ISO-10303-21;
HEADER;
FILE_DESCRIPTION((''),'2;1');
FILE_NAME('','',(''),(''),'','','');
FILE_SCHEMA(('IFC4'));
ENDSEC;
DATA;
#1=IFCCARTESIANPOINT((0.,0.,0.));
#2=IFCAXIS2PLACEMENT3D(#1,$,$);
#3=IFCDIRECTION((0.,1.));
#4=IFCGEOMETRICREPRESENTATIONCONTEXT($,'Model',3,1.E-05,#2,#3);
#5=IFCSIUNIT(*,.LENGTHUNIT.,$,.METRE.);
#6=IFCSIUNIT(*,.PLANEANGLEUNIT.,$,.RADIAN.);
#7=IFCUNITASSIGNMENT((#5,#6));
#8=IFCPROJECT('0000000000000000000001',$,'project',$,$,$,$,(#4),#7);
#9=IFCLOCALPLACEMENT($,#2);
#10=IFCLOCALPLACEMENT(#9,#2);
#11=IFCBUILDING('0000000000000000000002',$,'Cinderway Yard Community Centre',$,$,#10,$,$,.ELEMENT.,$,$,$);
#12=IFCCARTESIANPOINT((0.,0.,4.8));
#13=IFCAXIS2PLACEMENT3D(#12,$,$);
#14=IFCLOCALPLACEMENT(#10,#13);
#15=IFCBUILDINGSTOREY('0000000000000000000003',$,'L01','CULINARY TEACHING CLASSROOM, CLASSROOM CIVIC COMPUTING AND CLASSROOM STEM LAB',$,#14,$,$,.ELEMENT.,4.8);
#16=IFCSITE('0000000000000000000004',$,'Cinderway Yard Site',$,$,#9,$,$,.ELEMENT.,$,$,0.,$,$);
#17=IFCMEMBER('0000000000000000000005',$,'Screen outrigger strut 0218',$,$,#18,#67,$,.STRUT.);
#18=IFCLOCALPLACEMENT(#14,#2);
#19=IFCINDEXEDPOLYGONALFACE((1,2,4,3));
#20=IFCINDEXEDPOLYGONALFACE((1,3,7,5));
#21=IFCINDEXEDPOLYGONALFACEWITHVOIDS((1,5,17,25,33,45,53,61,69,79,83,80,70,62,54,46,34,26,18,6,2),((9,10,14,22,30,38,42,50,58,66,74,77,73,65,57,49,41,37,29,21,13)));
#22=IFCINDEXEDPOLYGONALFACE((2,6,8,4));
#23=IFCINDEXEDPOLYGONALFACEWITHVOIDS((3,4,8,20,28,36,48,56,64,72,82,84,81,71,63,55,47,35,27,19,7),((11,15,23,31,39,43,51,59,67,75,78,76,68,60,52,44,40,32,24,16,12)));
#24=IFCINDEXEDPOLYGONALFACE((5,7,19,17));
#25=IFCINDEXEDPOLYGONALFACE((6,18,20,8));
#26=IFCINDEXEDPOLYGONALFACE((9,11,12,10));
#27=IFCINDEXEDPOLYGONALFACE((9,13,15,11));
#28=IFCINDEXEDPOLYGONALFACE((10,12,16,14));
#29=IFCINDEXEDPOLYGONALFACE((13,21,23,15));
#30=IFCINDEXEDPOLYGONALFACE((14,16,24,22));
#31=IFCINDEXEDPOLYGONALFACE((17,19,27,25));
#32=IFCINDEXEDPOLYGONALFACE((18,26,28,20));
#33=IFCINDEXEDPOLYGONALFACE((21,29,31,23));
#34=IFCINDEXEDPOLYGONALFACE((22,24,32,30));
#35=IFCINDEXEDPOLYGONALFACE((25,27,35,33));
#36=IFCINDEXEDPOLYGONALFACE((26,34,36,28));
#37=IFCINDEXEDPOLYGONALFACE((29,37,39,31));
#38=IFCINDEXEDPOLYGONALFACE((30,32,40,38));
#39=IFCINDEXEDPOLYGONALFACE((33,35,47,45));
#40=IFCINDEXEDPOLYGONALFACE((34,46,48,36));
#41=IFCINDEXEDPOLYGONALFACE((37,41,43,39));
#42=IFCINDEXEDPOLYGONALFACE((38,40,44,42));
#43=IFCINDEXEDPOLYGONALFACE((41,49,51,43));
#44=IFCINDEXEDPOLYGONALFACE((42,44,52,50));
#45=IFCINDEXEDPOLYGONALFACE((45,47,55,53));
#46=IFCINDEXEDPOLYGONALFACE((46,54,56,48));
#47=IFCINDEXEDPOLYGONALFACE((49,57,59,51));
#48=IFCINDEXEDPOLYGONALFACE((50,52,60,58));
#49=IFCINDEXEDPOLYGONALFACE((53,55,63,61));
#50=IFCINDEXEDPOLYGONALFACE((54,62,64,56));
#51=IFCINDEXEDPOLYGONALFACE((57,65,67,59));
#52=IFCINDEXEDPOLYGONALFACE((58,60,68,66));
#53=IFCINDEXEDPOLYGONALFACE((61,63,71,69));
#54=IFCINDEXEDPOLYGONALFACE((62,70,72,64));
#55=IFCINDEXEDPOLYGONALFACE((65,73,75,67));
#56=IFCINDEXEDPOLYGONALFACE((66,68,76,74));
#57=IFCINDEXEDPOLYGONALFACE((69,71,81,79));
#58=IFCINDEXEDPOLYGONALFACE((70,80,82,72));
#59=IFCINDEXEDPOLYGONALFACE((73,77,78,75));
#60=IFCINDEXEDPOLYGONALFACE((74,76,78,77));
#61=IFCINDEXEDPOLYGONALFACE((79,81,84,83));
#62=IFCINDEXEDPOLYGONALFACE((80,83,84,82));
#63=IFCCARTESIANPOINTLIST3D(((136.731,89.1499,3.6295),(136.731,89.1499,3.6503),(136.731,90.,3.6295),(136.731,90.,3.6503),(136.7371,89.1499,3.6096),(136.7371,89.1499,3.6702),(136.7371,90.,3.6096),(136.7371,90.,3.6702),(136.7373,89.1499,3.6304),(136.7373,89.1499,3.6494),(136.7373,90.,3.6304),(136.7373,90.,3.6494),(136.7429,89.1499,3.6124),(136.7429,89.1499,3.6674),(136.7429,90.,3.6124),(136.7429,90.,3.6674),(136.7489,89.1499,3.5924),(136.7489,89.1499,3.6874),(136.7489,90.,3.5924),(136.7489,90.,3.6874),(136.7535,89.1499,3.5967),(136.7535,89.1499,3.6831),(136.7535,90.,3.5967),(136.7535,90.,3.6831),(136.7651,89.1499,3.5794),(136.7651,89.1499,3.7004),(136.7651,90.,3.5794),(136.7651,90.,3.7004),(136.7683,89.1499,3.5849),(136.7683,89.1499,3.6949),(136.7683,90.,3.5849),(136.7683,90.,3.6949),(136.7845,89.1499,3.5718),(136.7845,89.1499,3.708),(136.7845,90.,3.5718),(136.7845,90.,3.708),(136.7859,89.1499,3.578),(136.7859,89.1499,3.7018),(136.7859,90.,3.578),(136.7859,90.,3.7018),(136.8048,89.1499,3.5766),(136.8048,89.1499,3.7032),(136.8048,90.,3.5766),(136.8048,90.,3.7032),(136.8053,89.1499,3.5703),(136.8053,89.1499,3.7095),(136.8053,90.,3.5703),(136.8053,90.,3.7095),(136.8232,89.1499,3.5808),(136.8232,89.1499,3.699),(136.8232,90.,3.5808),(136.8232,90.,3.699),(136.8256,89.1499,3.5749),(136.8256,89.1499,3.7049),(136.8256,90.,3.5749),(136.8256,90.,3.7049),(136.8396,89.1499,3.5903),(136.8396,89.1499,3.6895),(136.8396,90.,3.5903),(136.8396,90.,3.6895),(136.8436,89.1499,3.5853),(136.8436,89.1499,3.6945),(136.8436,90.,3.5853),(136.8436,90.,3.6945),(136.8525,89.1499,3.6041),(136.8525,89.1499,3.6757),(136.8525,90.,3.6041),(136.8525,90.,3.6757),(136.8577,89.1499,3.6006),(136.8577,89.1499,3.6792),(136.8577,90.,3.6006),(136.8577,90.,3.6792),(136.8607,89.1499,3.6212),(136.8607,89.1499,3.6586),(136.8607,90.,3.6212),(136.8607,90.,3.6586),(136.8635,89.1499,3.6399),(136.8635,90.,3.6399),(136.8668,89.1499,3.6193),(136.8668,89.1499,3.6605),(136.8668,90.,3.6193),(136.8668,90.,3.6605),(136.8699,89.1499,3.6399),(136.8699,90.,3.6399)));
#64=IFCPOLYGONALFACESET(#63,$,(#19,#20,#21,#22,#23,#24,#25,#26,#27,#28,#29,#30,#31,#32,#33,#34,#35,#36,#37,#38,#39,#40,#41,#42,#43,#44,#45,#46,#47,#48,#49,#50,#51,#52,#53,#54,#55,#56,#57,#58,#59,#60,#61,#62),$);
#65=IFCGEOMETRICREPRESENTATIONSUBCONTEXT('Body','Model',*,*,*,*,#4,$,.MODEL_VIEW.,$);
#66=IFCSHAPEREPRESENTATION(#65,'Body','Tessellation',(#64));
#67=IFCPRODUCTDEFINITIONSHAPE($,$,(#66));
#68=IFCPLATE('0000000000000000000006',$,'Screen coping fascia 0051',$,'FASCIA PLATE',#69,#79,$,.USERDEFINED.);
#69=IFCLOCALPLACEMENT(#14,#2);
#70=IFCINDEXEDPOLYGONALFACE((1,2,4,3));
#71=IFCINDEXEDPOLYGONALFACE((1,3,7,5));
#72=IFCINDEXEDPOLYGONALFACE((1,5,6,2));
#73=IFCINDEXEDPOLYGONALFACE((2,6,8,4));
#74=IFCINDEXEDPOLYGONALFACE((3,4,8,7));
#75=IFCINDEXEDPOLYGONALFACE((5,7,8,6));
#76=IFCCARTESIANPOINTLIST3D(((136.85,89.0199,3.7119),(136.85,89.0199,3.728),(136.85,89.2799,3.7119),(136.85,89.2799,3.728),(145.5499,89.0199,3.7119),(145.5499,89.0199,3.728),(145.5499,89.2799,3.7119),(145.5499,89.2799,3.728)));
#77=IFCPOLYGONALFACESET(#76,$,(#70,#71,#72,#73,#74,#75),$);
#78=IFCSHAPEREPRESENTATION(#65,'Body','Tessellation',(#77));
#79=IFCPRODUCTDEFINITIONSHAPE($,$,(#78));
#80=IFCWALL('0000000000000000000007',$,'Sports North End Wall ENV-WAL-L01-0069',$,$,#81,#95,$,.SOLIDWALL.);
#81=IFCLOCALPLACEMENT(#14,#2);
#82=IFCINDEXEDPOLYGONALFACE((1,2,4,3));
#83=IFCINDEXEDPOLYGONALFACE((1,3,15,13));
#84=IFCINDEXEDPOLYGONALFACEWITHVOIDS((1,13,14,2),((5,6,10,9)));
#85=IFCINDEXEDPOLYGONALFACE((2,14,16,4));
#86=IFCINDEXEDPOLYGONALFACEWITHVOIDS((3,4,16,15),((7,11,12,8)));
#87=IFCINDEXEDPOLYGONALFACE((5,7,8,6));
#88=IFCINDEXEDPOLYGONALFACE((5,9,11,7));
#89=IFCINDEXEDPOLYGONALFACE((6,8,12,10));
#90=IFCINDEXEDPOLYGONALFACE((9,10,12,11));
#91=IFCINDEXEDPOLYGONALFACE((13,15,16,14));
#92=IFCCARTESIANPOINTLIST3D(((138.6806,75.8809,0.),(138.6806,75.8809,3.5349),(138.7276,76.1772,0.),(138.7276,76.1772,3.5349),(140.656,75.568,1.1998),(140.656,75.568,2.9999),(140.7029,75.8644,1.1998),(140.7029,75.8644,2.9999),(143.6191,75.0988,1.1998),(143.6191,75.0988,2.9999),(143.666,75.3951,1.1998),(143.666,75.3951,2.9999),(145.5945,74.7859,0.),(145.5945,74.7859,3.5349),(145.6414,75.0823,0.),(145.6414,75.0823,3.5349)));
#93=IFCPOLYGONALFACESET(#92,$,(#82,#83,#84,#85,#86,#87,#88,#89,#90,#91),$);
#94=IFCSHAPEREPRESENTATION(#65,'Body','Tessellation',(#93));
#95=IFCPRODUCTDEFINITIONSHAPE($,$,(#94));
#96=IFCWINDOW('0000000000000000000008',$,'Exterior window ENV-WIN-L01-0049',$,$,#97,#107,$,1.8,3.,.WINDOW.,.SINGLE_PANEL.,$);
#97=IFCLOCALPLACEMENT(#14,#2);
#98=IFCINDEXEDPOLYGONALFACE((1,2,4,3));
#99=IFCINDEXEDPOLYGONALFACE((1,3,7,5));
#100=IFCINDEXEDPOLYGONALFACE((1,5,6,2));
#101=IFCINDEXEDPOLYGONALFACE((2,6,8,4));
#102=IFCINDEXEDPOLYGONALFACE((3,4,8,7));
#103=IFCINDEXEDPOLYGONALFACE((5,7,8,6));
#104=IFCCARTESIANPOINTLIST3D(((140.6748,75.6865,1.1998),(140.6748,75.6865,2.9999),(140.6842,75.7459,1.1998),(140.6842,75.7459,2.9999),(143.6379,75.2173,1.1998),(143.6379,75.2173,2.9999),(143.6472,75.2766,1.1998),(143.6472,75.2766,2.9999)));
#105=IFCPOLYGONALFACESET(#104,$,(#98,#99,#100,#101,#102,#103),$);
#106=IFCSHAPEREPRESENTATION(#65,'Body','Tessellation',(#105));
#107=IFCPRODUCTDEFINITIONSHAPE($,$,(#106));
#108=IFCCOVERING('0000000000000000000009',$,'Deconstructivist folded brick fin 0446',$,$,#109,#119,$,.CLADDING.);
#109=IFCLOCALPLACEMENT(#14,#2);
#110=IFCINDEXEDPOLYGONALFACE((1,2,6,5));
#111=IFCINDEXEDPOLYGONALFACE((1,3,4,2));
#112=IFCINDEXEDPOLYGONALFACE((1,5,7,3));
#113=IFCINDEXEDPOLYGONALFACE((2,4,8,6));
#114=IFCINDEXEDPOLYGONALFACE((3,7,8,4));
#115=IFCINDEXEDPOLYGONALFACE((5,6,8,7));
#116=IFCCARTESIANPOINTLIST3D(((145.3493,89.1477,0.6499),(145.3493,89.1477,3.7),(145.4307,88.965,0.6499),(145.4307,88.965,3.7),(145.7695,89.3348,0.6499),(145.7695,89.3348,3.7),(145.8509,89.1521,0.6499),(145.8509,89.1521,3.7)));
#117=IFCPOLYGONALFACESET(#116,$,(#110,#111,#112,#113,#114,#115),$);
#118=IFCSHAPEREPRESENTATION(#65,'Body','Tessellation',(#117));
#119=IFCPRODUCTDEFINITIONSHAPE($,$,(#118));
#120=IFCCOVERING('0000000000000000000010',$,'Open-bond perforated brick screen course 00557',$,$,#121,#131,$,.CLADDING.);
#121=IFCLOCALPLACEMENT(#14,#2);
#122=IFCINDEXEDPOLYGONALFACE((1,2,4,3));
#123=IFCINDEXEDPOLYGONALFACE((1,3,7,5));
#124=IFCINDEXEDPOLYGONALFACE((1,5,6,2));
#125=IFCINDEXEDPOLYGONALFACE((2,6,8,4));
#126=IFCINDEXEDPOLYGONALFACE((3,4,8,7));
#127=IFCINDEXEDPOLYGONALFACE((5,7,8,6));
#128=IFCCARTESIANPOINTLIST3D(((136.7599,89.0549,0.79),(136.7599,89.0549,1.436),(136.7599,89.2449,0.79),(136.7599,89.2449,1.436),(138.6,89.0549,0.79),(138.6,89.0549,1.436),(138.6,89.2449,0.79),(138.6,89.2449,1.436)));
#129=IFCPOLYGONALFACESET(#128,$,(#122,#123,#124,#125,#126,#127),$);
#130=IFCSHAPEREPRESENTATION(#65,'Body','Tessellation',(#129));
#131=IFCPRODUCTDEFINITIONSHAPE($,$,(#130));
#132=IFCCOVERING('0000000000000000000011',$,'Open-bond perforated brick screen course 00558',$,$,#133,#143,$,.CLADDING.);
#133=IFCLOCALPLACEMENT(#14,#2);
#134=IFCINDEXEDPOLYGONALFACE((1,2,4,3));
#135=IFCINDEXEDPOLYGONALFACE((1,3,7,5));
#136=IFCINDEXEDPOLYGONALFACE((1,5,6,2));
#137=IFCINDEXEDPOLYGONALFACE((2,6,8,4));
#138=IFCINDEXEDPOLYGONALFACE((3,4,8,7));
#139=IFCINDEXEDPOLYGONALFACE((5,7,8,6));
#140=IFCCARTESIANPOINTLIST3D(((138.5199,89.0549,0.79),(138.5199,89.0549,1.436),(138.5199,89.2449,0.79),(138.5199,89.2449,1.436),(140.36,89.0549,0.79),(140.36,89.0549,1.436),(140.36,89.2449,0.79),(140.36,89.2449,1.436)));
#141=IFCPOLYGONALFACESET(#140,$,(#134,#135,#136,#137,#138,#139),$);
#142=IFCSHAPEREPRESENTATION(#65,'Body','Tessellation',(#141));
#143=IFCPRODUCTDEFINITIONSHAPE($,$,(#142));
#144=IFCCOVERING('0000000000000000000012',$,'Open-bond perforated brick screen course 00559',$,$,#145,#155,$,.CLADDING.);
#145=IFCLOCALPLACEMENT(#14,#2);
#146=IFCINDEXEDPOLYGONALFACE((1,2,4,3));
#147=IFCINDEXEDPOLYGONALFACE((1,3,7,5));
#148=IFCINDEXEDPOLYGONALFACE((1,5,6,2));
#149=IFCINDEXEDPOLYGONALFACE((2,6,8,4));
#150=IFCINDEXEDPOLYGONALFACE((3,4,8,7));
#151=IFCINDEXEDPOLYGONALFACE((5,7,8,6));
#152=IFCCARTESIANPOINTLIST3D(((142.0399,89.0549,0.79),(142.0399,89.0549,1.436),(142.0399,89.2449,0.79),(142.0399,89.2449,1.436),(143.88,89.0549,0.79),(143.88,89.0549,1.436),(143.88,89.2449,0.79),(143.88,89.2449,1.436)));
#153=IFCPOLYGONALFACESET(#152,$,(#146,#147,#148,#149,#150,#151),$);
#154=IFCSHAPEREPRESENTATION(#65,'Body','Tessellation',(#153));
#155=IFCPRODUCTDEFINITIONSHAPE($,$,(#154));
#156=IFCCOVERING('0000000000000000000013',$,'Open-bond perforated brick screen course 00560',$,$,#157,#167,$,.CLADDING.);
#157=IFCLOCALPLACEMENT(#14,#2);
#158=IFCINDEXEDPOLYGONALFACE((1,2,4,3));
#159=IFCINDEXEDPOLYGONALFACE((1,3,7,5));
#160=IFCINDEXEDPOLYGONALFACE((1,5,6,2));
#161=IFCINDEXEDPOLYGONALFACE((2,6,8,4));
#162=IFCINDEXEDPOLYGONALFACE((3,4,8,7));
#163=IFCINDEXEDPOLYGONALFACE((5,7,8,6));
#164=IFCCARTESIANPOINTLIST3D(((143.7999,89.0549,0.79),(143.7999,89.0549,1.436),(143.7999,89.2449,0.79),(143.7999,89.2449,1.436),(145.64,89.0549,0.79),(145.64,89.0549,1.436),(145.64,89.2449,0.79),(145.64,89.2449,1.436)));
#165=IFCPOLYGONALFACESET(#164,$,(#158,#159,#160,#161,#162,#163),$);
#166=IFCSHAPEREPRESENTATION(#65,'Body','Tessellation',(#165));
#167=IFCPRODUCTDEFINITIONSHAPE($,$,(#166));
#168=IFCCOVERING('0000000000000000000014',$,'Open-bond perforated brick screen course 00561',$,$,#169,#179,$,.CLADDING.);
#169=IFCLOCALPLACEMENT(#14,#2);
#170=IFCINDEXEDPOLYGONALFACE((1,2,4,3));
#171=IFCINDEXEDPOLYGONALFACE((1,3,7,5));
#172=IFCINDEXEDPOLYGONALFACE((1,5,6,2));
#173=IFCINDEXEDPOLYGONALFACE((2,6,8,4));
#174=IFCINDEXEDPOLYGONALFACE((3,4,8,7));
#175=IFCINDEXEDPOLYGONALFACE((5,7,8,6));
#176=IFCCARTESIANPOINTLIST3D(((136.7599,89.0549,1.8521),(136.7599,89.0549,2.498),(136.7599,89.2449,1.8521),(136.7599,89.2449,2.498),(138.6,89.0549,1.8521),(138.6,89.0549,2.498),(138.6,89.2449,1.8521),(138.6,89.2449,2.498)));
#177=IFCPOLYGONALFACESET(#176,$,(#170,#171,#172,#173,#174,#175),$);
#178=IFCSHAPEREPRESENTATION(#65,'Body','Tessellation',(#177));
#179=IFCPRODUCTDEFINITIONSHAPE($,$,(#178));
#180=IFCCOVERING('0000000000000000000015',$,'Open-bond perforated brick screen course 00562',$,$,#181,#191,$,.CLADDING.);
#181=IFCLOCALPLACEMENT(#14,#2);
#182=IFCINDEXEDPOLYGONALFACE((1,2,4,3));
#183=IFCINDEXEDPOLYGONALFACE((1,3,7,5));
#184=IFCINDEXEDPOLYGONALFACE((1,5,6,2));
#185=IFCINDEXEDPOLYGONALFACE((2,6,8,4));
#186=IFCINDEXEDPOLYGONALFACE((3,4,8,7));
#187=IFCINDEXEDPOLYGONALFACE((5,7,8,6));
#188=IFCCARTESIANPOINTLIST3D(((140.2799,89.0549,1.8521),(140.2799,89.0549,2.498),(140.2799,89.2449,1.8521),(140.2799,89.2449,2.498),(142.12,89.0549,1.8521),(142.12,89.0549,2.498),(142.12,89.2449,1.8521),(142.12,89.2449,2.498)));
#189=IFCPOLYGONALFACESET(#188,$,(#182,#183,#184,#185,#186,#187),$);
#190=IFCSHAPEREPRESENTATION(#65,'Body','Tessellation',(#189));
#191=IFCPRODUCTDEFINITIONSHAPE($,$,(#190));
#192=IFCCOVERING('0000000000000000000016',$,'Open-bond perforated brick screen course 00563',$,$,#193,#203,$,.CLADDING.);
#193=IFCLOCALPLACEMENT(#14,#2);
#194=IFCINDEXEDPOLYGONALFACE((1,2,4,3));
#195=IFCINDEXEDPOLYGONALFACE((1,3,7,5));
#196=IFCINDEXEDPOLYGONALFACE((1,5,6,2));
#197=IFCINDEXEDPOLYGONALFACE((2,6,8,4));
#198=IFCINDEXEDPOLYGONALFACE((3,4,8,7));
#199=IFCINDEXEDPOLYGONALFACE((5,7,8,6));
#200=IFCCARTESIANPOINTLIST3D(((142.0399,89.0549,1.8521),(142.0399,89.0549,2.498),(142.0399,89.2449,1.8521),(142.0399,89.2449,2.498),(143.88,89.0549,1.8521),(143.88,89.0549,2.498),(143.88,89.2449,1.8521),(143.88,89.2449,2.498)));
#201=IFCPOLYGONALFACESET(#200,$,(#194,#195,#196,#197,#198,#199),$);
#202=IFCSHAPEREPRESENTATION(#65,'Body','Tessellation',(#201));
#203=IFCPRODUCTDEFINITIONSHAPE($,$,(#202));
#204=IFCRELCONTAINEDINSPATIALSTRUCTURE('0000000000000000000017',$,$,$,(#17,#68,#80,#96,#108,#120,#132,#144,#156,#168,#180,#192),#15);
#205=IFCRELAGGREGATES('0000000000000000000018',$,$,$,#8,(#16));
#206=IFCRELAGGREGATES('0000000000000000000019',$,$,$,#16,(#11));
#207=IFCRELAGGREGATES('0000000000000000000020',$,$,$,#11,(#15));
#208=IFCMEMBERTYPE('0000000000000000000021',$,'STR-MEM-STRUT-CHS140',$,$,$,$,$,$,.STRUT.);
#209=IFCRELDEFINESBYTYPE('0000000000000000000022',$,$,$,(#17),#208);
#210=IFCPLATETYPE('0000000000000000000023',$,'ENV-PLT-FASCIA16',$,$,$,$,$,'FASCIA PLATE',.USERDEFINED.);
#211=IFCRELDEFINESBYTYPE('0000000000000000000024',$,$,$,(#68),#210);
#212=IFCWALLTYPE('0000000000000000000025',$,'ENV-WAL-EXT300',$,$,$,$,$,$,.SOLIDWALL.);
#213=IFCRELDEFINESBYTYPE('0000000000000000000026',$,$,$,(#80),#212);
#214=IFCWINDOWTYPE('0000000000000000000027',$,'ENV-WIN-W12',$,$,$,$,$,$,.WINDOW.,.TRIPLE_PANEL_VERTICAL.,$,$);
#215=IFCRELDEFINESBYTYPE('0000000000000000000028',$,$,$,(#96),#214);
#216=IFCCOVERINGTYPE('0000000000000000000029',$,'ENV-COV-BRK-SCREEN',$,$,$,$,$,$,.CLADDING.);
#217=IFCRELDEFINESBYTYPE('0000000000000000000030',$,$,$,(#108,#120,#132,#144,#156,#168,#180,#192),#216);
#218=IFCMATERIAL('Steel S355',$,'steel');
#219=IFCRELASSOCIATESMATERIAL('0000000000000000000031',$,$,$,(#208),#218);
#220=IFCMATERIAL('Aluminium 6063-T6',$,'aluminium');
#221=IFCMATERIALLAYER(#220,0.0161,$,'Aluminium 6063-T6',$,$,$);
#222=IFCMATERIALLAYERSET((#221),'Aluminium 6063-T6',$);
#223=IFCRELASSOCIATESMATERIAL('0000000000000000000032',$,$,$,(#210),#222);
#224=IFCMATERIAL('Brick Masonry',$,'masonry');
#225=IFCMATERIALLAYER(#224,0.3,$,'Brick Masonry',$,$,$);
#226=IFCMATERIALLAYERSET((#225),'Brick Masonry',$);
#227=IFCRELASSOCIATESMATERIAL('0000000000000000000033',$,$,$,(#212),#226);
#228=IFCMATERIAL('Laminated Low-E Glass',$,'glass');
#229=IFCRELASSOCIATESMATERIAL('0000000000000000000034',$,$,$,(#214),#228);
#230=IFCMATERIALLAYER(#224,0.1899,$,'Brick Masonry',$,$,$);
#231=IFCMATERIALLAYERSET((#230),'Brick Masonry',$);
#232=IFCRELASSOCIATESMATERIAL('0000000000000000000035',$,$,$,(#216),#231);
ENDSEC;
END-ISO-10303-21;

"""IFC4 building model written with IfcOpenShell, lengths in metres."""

from ifc_helpers import new_model, si_unit, direction, frame, frame_2d, origin, origin_2d, place, context, subcontext, project, spatial, rectangle, hollow_circle, extrude, material, layer, layer_set, material_profile, profile_set, type_object, element, fill, save


model = new_model("IFC4")

# Units and contexts
model_context = context("Model", 3, precision=1e-05, world=origin(), true_north=direction((0.0, 1.0)))
body_context = subcontext(model_context, "Body", "Model", "MODEL_VIEW")
ifc_project = project(units=[si_unit("LENGTHUNIT", "METRE"), si_unit("PLANEANGLEUNIT", "RADIAN")], contexts=[model_context])

# Site, building, storey
site_placement = place(None, origin())
site = spatial("IfcSite", under=ifc_project, at=site_placement, Name="Cinderway Yard Site", CompositionType="ELEMENT", RefElevation=0.0)
building_placement = place(site_placement, origin())
building = spatial("IfcBuilding", under=site, at=building_placement, Name="Cinderway Yard Community Centre", CompositionType="ELEMENT")
storey_placement = place(building_placement, frame((0.0, 0.0, 4.8)))
storey = spatial("IfcBuildingStorey", under=building, at=storey_placement, Name="L01", Description="CULINARY TEACHING CLASSROOM, CLASSROOM CIVIC COMPUTING AND CLASSROOM STEM LAB", CompositionType="ELEMENT", Elevation=4.8)

# Shared definitions
ifc_material_1 = material(Name="Aluminium 6063-T6", Category="aluminium")

# Shared definitions
ifc_material_2 = material(Name="Steel S355", Category="steel")

# Member
ifc_material_profile_1 = material_profile(ifc_material_2, hollow_circle(Radius=0.0698, WallThickness=0.0063, at=origin_2d()), Name="Steel S355")
ifc_profile_set_1 = profile_set([ifc_material_profile_1], Name="Steel S355")
member_type_1 = type_object("IfcMemberType", Name="STR-MEM-STRUT-CHS140", PredefinedType="STRUT", material=ifc_profile_set_1)
for number, where, z_axis, x_axis, name in (
    (1, (136.8, 90.0, 3.6399), (0.0, -1.0, 0.0), (1.0, 0.0, 0.0), "Screen outrigger strut 0218"),
):
    element("IfcMember", number, at=place(storey_placement, frame(where, z_axis=z_axis, x_axis=x_axis)), inside=storey, type_object=member_type_1, Name=name, PredefinedType="STRUT", context=body_context, shape_type="SweptSolid", body=[
        extrude(hollow_circle(Radius=0.0698, WallThickness=0.0063, at=origin_2d()), origin(), (0.0, 0.0, 1.0), 0.8501),
    ])

# Plate
ifc_layer_1 = layer(ifc_material_1, 0.0161, Name="Aluminium 6063-T6")
ifc_layer_set_1 = layer_set([ifc_layer_1], Name="Aluminium 6063-T6")
plate_type = type_object("IfcPlateType", Name="ENV-PLT-FASCIA16", ElementType="FASCIA PLATE", PredefinedType="USERDEFINED", material=ifc_layer_set_1)
plate_placement = place(storey_placement, frame((141.2, 89.1499, 3.7119), z_axis=(0.0, 0.0, 1.0), x_axis=(-1.0, 0.0, 0.0)))
element("IfcPlate", 2, at=plate_placement, inside=storey, type_object=plate_type, Name="Screen coping fascia 0051", ObjectType="FASCIA PLATE", PredefinedType="USERDEFINED", context=body_context, shape_type="SweptSolid", body=[
    extrude(rectangle(XDim=8.7, YDim=0.26, at=origin_2d()), origin(), (0.0, 0.0, 1.0), 0.0161),
])

# Wall, opening, window
ifc_material_3 = material(Name="Brick Masonry", Category="masonry")
ifc_layer_2 = layer(ifc_material_3, 0.3, Name="Brick Masonry")
ifc_layer_set_2 = layer_set([ifc_layer_2], Name="Brick Masonry")
wall_type = type_object("IfcWallType", Name="ENV-WAL-EXT300", PredefinedType="SOLIDWALL", material=ifc_layer_set_2)
wall_placement = place(storey_placement, frame((138.7041, 76.0291, 0.0), z_axis=(0.0, 0.0, 1.0), x_axis=(0.98769, -0.156425, 0.0)))
wall = element("IfcWall", 3, at=wall_placement, inside=storey, type_object=wall_type, Name="Sports North End Wall ENV-WAL-L01-0069", PredefinedType="SOLIDWALL", context=body_context, shape_type="SweptSolid", body=[
    extrude(rectangle(XDim=7.0, YDim=0.3, at=frame_2d((3.5, 0.0))), origin(), (0.0, 0.0, 1.0), 3.5349),
])
opening_placement = place(wall_placement, frame((2.0, 0.0, 1.2)))
opening = element("IfcOpeningElement", 4, at=opening_placement, cuts=wall, PredefinedType="OPENING", context=body_context, shape_type="SweptSolid", body=[
    extrude(rectangle(XDim=3.0, YDim=1.8, at=frame_2d((1.5, 0.8999))), frame((0.0, 0.1599, 0.0), z_axis=(0.0, -1.0, 0.0), x_axis=(1.0, 0.0, 0.0)), (0.0, 0.0, 1.0), 0.3201),
])
ifc_material_4 = material(Name="Laminated Low-E Glass", Category="glass")
window_type = type_object("IfcWindowType", Name="ENV-WIN-W12", PartitioningType="TRIPLE_PANEL_VERTICAL", PredefinedType="WINDOW", material=ifc_material_4)
window_placement = place(opening_placement, origin())
window = element("IfcWindow", 5, at=window_placement, inside=storey, type_object=window_type, Name="Exterior window ENV-WIN-L01-0049", OverallHeight=1.8, OverallWidth=3.0, PartitioningType="SINGLE_PANEL", PredefinedType="WINDOW", context=body_context, shape_type="SweptSolid", body=[
    extrude(rectangle(XDim=3.0, YDim=1.8, at=frame_2d((1.5, 0.8999))), frame((0.0, 0.03, 0.0), z_axis=(0.0, -1.0, 0.0), x_axis=(1.0, 0.0, 0.0)), (0.0, 0.0, 1.0), 0.0601),
])
fill(opening, window)

# Coverings
ifc_layer_3 = layer(ifc_material_3, 0.1899, Name="Brick Masonry")
ifc_layer_set_3 = layer_set([ifc_layer_3], Name="Brick Masonry")
covering_type = type_object("IfcCoveringType", Name="ENV-COV-BRK-SCREEN", PredefinedType="CLADDING", material=ifc_layer_set_3)
covering_placement = place(storey_placement, frame((145.6001, 89.1499, 0.6499), z_axis=(0.0, 0.0, 1.0), x_axis=(-0.913545, -0.406737, 0.0)))
element("IfcCovering", 6, at=covering_placement, inside=storey, type_object=covering_type, Name="Deconstructivist folded brick fin 0446", PredefinedType="CLADDING", context=body_context, shape_type="SweptSolid", body=[
    extrude(rectangle(XDim=0.46, YDim=0.2, at=origin_2d()), origin(), (0.0, 0.0, 1.0), 3.05),
])
for number, where, z_axis, x_axis, name in (
    (7, (137.6799, 89.1499, 0.79), (0.0, 0.0, 1.0), (-1.0, 0.0, 0.0), "Open-bond perforated brick screen course 00557"),
    (8, (139.4399, 89.1499, 0.79), (0.0, 0.0, 1.0), (-1.0, 0.0, 0.0), "Open-bond perforated brick screen course 00558"),
    (9, (142.96, 89.1499, 0.79), (0.0, 0.0, 1.0), (-1.0, 0.0, 0.0), "Open-bond perforated brick screen course 00559"),
    (10, (144.72, 89.1499, 0.79), (0.0, 0.0, 1.0), (-1.0, 0.0, 0.0), "Open-bond perforated brick screen course 00560"),
    (11, (137.6799, 89.1499, 1.8521), (0.0, 0.0, 1.0), (-1.0, 0.0, 0.0), "Open-bond perforated brick screen course 00561"),
    (12, (141.2, 89.1499, 1.8521), (0.0, 0.0, 1.0), (-1.0, 0.0, 0.0), "Open-bond perforated brick screen course 00562"),
    (13, (142.96, 89.1499, 1.8521), (0.0, 0.0, 1.0), (-1.0, 0.0, 0.0), "Open-bond perforated brick screen course 00563"),
):
    element("IfcCovering", number, at=place(storey_placement, frame(where, z_axis=z_axis, x_axis=x_axis)), inside=storey, type_object=covering_type, Name=name, PredefinedType="CLADDING", context=body_context, shape_type="SweptSolid", body=[
        extrude(rectangle(XDim=1.8401, YDim=0.1899, at=origin_2d()), origin(), (0.0, 0.0, 1.0), 0.646),
    ])

save(model, "model.ifc")
